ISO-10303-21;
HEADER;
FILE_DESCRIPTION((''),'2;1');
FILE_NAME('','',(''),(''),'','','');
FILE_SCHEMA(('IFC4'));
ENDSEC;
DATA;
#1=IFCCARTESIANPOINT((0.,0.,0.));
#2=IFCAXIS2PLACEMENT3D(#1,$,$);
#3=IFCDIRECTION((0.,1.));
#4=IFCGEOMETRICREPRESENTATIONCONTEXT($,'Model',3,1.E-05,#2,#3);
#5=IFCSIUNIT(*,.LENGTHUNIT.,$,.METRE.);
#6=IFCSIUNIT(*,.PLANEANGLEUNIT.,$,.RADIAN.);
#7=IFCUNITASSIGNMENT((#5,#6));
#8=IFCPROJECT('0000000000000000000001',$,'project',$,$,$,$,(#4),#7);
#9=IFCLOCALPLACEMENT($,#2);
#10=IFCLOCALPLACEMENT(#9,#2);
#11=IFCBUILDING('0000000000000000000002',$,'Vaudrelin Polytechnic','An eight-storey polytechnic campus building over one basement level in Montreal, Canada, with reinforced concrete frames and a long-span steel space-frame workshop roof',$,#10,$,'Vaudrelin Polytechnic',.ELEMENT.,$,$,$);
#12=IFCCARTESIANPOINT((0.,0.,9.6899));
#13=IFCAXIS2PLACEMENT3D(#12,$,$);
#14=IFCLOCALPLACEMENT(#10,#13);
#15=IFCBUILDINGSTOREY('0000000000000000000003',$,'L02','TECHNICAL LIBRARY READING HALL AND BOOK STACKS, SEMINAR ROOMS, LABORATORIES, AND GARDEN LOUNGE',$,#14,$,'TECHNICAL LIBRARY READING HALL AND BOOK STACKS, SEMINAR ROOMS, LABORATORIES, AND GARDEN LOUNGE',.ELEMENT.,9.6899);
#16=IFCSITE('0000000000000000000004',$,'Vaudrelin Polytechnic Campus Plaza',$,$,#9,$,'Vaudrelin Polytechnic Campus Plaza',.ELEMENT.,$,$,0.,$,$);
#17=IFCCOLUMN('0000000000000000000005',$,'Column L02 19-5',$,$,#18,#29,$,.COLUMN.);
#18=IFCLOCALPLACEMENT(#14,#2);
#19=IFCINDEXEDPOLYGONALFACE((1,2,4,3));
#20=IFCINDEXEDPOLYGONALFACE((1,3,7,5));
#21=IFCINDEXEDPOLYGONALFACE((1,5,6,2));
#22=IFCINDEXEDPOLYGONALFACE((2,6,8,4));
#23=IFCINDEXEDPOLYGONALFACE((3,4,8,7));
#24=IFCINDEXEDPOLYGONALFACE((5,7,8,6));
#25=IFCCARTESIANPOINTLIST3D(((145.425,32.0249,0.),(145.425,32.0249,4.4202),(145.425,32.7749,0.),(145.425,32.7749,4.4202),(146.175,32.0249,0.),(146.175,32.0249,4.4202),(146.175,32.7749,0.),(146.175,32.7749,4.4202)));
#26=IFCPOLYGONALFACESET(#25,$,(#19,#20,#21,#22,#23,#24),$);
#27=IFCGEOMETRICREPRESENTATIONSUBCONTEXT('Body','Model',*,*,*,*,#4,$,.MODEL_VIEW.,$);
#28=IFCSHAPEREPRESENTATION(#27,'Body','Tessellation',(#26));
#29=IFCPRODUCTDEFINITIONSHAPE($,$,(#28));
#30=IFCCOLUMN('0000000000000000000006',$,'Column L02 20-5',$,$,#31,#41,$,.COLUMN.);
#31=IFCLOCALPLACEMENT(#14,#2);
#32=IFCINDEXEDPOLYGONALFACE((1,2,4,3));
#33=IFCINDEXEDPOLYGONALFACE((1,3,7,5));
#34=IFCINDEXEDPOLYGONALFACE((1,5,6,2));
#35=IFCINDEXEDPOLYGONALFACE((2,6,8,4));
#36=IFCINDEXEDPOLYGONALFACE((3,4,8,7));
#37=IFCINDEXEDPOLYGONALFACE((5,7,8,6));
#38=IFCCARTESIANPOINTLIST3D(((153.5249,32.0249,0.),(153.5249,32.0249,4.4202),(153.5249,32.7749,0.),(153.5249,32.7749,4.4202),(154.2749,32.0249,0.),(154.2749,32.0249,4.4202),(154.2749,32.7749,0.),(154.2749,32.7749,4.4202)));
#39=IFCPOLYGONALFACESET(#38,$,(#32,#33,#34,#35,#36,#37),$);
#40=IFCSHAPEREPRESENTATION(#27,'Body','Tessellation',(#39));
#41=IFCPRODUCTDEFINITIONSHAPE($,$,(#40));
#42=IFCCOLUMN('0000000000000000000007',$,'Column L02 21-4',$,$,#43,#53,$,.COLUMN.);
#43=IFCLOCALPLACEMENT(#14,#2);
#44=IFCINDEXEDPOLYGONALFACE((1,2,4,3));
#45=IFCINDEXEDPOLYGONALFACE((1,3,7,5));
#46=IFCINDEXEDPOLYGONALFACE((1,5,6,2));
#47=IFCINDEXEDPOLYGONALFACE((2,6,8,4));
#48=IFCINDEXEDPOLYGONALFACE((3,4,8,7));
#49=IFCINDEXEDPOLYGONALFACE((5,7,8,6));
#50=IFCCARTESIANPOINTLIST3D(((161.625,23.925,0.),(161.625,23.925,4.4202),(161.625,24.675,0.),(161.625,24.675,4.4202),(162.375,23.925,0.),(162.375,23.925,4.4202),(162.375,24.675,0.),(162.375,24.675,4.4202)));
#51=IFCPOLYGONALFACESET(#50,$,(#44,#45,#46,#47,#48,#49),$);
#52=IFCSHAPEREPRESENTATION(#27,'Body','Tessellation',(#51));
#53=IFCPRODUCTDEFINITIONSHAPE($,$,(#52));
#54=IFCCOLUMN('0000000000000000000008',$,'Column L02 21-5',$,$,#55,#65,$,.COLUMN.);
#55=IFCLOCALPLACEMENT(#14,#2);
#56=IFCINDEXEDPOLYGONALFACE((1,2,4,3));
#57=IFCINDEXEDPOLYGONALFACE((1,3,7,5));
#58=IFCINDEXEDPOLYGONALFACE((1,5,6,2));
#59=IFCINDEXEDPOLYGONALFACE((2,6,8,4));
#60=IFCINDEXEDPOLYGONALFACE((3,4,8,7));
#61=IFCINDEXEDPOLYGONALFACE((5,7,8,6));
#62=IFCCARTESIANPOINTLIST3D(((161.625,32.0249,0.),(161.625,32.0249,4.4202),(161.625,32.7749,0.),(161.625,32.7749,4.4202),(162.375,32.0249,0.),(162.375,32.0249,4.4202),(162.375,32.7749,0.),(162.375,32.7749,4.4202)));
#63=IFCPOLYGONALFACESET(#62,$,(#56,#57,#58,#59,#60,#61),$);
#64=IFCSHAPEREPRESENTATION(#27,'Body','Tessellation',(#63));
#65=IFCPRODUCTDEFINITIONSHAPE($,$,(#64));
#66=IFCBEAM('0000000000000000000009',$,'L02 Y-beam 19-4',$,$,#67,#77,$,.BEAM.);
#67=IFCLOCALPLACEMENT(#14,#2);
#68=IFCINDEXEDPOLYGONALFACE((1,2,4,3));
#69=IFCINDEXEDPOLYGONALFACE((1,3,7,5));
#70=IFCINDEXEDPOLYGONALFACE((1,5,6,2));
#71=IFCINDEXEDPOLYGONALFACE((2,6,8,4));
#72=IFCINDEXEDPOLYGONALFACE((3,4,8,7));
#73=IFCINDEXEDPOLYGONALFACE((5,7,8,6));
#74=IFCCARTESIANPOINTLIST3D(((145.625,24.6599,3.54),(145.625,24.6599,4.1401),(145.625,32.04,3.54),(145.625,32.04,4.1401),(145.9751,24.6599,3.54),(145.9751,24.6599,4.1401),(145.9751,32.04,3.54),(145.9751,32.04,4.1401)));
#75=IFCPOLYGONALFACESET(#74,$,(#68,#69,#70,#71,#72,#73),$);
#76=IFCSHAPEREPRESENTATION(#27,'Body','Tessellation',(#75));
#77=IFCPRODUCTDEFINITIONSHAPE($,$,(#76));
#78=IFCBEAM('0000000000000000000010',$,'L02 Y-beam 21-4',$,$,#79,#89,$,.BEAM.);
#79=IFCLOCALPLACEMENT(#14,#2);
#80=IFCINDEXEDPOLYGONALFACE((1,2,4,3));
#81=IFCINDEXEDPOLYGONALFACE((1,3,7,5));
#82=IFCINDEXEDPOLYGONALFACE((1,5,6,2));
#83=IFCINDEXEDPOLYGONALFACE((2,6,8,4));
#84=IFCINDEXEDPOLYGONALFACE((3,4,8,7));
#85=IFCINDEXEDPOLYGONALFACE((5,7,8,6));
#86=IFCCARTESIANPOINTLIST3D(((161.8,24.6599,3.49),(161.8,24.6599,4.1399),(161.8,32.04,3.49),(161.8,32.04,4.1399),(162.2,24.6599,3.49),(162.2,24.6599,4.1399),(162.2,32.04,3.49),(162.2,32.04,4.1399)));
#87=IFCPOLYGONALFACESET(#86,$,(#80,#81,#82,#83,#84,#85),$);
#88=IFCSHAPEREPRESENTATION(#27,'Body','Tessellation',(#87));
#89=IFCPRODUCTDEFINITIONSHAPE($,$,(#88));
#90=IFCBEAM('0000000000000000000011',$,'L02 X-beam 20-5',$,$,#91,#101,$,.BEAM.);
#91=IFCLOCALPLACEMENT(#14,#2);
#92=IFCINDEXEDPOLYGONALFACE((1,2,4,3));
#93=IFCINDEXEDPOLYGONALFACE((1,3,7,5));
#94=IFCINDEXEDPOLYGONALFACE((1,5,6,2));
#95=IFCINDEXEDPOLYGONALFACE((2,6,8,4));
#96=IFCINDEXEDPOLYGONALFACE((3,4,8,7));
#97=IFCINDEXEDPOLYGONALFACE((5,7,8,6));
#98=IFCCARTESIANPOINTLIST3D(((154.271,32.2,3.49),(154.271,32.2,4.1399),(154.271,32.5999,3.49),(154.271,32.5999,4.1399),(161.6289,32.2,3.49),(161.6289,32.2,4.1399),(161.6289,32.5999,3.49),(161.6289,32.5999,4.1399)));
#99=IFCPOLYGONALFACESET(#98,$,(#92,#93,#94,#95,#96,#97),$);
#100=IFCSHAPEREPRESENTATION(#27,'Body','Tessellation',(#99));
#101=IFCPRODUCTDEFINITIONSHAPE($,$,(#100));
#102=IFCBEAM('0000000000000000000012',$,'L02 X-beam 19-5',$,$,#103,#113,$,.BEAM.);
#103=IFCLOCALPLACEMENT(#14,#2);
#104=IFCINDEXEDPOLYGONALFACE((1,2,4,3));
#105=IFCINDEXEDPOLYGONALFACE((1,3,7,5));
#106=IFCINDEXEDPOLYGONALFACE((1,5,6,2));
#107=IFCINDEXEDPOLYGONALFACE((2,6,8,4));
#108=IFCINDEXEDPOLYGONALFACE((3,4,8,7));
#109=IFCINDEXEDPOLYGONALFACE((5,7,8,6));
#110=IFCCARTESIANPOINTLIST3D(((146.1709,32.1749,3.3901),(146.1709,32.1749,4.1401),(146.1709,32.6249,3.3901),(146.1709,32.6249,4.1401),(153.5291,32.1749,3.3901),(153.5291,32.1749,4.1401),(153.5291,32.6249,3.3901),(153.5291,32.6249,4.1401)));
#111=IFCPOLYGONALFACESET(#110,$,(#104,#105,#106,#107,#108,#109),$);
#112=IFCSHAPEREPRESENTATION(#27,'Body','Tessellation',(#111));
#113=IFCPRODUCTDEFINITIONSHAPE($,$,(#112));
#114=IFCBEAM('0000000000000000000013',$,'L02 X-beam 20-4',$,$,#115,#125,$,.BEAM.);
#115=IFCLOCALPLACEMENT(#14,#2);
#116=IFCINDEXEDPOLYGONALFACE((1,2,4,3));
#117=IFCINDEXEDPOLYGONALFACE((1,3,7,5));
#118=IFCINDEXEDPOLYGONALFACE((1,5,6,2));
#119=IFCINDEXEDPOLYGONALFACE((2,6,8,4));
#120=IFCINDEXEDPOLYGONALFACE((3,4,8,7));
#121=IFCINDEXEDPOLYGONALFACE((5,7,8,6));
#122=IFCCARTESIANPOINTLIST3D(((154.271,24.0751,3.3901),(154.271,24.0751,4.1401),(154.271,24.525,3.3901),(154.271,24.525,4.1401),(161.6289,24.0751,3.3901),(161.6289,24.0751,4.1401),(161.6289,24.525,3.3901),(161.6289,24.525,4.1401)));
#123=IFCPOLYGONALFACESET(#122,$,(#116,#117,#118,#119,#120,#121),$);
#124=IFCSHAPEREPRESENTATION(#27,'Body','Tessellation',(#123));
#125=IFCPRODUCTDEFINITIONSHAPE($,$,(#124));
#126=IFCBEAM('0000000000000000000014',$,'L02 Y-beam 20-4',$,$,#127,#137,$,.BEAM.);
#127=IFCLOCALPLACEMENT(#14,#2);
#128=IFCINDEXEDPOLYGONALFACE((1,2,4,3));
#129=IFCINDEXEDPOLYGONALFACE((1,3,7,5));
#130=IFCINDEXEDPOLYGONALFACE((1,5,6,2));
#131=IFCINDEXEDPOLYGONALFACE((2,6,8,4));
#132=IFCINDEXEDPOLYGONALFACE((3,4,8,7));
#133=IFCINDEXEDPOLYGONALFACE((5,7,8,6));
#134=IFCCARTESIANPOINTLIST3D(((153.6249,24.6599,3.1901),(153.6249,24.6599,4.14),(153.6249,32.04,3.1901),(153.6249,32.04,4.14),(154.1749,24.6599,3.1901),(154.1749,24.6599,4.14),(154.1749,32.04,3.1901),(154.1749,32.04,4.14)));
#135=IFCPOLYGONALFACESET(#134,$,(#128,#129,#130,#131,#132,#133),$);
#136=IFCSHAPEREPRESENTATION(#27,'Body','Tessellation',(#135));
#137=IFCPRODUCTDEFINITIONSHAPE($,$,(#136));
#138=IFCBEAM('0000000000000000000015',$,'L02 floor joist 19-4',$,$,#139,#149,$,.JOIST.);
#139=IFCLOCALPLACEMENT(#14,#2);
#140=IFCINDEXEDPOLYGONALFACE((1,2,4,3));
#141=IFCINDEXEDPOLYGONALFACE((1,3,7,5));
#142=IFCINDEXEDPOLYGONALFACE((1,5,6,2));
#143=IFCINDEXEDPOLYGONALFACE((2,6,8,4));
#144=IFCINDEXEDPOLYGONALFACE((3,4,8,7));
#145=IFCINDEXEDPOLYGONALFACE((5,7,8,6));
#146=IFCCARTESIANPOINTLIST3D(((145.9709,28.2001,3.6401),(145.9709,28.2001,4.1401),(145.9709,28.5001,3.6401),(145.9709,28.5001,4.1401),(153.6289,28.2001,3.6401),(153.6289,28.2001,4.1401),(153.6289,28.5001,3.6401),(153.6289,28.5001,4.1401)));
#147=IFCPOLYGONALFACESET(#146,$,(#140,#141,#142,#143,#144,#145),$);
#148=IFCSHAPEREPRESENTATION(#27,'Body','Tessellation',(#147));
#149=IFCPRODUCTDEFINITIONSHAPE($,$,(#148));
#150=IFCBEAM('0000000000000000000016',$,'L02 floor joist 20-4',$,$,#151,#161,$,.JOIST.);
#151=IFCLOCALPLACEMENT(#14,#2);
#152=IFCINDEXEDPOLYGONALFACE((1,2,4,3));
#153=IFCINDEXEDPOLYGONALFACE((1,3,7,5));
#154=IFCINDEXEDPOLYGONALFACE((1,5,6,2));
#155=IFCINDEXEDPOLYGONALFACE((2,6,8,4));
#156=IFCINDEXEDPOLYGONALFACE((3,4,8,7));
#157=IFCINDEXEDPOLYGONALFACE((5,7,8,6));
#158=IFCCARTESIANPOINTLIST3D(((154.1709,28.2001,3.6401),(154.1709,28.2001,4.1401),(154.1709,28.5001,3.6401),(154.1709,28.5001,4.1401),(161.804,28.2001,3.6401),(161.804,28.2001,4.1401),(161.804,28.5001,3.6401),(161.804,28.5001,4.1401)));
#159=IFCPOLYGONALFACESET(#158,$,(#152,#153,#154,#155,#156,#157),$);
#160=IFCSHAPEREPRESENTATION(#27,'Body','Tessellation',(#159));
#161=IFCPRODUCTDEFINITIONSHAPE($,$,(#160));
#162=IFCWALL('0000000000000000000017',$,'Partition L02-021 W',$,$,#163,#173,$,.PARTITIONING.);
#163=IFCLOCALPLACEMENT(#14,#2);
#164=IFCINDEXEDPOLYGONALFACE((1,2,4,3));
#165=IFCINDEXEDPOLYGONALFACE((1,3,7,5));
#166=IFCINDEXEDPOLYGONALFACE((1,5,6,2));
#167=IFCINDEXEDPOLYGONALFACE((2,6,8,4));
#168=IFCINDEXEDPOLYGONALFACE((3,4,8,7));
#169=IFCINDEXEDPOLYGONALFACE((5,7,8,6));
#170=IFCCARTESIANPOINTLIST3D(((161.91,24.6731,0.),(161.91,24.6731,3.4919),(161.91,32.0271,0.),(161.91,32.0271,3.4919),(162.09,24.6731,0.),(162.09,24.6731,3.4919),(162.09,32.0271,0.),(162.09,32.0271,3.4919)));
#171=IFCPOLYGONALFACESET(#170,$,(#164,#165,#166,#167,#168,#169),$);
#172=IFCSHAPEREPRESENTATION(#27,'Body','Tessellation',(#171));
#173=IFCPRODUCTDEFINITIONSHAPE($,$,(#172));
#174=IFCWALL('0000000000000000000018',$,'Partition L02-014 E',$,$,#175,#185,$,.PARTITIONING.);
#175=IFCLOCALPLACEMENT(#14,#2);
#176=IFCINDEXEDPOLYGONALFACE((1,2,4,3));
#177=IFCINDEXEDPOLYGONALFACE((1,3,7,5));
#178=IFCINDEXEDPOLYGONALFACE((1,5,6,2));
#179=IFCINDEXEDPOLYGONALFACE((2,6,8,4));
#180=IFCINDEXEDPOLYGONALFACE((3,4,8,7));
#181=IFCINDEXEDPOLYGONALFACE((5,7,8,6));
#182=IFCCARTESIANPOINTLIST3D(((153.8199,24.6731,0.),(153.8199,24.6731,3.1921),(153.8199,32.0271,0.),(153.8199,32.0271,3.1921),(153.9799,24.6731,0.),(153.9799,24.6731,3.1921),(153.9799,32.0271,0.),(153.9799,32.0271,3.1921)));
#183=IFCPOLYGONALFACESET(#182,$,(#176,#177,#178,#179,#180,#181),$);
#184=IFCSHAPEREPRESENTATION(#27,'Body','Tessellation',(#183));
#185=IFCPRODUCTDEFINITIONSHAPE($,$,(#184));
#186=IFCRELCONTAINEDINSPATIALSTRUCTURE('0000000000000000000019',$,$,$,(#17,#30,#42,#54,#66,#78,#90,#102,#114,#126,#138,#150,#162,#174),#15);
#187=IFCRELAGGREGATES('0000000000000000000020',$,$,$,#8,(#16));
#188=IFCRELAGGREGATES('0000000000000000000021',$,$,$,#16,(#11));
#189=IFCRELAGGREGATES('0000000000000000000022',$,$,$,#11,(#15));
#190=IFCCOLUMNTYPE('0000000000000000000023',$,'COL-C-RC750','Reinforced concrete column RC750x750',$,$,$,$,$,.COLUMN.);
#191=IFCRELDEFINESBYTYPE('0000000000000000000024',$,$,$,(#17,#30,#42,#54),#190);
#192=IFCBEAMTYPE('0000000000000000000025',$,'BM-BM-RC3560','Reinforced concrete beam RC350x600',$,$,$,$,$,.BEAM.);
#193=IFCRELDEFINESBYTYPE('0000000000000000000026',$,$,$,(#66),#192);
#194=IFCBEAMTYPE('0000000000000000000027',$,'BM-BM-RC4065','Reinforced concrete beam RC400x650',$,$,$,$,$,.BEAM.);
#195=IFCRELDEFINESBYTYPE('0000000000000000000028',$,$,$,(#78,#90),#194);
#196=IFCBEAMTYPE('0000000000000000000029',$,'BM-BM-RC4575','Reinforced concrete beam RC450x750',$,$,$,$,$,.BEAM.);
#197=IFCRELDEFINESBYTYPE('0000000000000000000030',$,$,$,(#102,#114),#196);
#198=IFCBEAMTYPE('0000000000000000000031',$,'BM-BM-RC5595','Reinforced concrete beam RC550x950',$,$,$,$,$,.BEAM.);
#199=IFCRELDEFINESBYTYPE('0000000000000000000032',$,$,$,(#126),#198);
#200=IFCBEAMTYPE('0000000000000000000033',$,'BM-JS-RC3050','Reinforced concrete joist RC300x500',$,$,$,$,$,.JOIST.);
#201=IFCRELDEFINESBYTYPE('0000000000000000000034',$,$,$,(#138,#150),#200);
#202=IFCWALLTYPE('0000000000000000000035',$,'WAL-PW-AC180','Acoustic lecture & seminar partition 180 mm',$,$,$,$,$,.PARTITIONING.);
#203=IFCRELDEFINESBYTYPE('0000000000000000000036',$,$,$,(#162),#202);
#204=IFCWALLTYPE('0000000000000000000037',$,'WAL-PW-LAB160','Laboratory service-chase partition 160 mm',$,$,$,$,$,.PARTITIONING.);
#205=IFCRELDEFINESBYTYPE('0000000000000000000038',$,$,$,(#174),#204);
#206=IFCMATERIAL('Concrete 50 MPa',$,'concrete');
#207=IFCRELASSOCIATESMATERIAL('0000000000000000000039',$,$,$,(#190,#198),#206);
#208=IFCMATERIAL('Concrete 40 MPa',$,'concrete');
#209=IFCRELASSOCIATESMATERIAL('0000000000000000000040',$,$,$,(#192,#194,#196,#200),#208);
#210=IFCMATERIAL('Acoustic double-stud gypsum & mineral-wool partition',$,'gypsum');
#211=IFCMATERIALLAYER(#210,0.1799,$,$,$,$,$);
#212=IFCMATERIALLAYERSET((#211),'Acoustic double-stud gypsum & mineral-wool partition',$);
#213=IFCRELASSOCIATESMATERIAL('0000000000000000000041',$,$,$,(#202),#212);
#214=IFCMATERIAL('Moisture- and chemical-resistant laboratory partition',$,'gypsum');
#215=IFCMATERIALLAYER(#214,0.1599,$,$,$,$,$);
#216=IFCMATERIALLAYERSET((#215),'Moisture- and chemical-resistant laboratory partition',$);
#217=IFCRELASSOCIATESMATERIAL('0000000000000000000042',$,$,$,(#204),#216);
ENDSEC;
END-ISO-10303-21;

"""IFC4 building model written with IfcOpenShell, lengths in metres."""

from ifc_helpers import new_model, si_unit, direction, frame, frame_2d, origin, origin_2d, place, context, subcontext, project, spatial, rectangle, extrude, material, layer, layer_set, material_profile, profile_set, type_object, element, save


model = new_model("IFC4")

# Units and contexts
model_context = context("Model", 3, precision=1e-05, world=origin(), true_north=direction((0.0, 1.0)))
body_context = subcontext(model_context, "Body", "Model", "MODEL_VIEW")
ifc_project = project(units=[si_unit("LENGTHUNIT", "METRE"), si_unit("PLANEANGLEUNIT", "RADIAN")], contexts=[model_context])

# Site, building, storey
site_placement = place(None, origin())
site = spatial("IfcSite", under=ifc_project, at=site_placement, Name="Vaudrelin Polytechnic Campus Plaza", LongName="Vaudrelin Polytechnic Campus Plaza", CompositionType="ELEMENT", RefElevation=0.0)
building_placement = place(site_placement, origin())
building = spatial("IfcBuilding", under=site, at=building_placement, Name="Vaudrelin Polytechnic", Description="An eight-storey polytechnic campus building over one basement level in Montreal, Canada, with reinforced concrete frames and a long-span steel space-frame workshop roof", LongName="Vaudrelin Polytechnic", CompositionType="ELEMENT")
storey_placement = place(building_placement, frame((0.0, 0.0, 9.6899)))
storey = spatial("IfcBuildingStorey", under=building, at=storey_placement, Name="L02", Description="TECHNICAL LIBRARY READING HALL AND BOOK STACKS, SEMINAR ROOMS, LABORATORIES, AND GARDEN LOUNGE", LongName="TECHNICAL LIBRARY READING HALL AND BOOK STACKS, SEMINAR ROOMS, LABORATORIES, AND GARDEN LOUNGE", CompositionType="ELEMENT", Elevation=9.6899)

# Columns
ifc_material_1 = material(Name="Concrete 50 MPa", Category="concrete")
ifc_material_profile_1 = material_profile(ifc_material_1, rectangle(XDim=0.75, YDim=0.75, at=origin_2d()), Name="RC750x750")
ifc_profile_set_1 = profile_set([ifc_material_profile_1], Name="Concrete 50 MPa")
column_type = type_object("IfcColumnType", Name="COL-C-RC750", Description="Reinforced concrete column RC750x750", PredefinedType="COLUMN", material=ifc_profile_set_1)
for number, where, z_axis, x_axis, name in (
    (1, (145.8, 32.3999, 0.0), (0.0, 0.0, 1.0), (1.0, 0.0, 0.0), "Column L02 19-5"),
    (2, (153.8999, 32.3999, 0.0), (0.0, 0.0, 1.0), (1.0, 0.0, 0.0), "Column L02 20-5"),
    (3, (162.0, 24.3, 0.0), (0.0, 0.0, 1.0), (1.0, 0.0, 0.0), "Column L02 21-4"),
    (4, (162.0, 32.3999, 0.0), (0.0, 0.0, 1.0), (1.0, 0.0, 0.0), "Column L02 21-5"),
):
    element("IfcColumn", number, at=place(storey_placement, frame(where, z_axis=z_axis, x_axis=x_axis)), inside=storey, type_object=column_type, Name=name, PredefinedType="COLUMN", context=body_context, shape_type="SweptSolid", body=[
        extrude(rectangle(XDim=0.75, YDim=0.75, at=origin_2d()), origin(), (0.0, 0.0, 1.0), 4.4202),
    ])

# Beams
ifc_material_2 = material(Name="Concrete 40 MPa", Category="concrete")
ifc_material_profile_2 = material_profile(ifc_material_2, rectangle(XDim=0.3501, YDim=0.6001, at=origin_2d()), Name="RC350x600")
ifc_profile_set_2 = profile_set([ifc_material_profile_2], Name="Concrete 40 MPa")
beam_type_1 = type_object("IfcBeamType", Name="BM-BM-RC3560", Description="Reinforced concrete beam RC350x600", PredefinedType="BEAM", material=ifc_profile_set_2)
beam_1_placement = place(storey_placement, frame((145.8, 24.6599, 3.8401), z_axis=(0.0, 1.0, 0.0), x_axis=(-1.0, 0.0, 0.0)))
element("IfcBeam", 5, at=beam_1_placement, inside=storey, type_object=beam_type_1, Name="L02 Y-beam 19-4", PredefinedType="BEAM", context=body_context, shape_type="SweptSolid", body=[
    extrude(rectangle(XDim=0.3501, YDim=0.6001, at=origin_2d()), origin(), (0.0, 0.0, 1.0), 7.3801),
])
ifc_material_profile_3 = material_profile(ifc_material_2, rectangle(XDim=0.3999, YDim=0.6499, at=origin_2d()), Name="RC400x650")
ifc_profile_set_3 = profile_set([ifc_material_profile_3], Name="Concrete 40 MPa")
beam_type_2 = type_object("IfcBeamType", Name="BM-BM-RC4065", Description="Reinforced concrete beam RC400x650", PredefinedType="BEAM", material=ifc_profile_set_3)
beam_2_placement = place(storey_placement, frame((162.0, 24.6599, 3.8149), z_axis=(0.0, 1.0, 0.0), x_axis=(-1.0, 0.0, 0.0)))
element("IfcBeam", 6, at=beam_2_placement, inside=storey, type_object=beam_type_2, Name="L02 Y-beam 21-4", PredefinedType="BEAM", context=body_context, shape_type="SweptSolid", body=[
    extrude(rectangle(XDim=0.3999, YDim=0.6499, at=origin_2d()), origin(), (0.0, 0.0, 1.0), 7.3801),
])
beam_3_placement = place(storey_placement, frame((154.271, 32.3999, 3.8149), z_axis=(1.0, 0.0, 0.0), x_axis=(0.0, 1.0, 0.0)))
element("IfcBeam", 7, at=beam_3_placement, inside=storey, type_object=beam_type_2, Name="L02 X-beam 20-5", PredefinedType="BEAM", context=body_context, shape_type="SweptSolid", body=[
    extrude(rectangle(XDim=0.3999, YDim=0.6499, at=origin_2d()), origin(), (0.0, 0.0, 1.0), 7.3579),
])
ifc_material_profile_4 = material_profile(ifc_material_2, rectangle(XDim=0.45, YDim=0.75, at=origin_2d()), Name="RC450x750")
ifc_profile_set_4 = profile_set([ifc_material_profile_4], Name="Concrete 40 MPa")
beam_type_3 = type_object("IfcBeamType", Name="BM-BM-RC4575", Description="Reinforced concrete beam RC450x750", PredefinedType="BEAM", material=ifc_profile_set_4)
beam_4_placement = place(storey_placement, frame((146.1709, 32.3999, 3.7651), z_axis=(1.0, 0.0, 0.0), x_axis=(0.0, 1.0, 0.0)))
element("IfcBeam", 8, at=beam_4_placement, inside=storey, type_object=beam_type_3, Name="L02 X-beam 19-5", PredefinedType="BEAM", context=body_context, shape_type="SweptSolid", body=[
    extrude(rectangle(XDim=0.45, YDim=0.75, at=origin_2d()), origin(), (0.0, 0.0, 1.0), 7.3582),
])
beam_5_placement = place(storey_placement, frame((154.271, 24.3, 3.7651), z_axis=(1.0, 0.0, 0.0), x_axis=(0.0, 1.0, 0.0)))
element("IfcBeam", 9, at=beam_5_placement, inside=storey, type_object=beam_type_3, Name="L02 X-beam 20-4", PredefinedType="BEAM", context=body_context, shape_type="SweptSolid", body=[
    extrude(rectangle(XDim=0.45, YDim=0.75, at=origin_2d()), origin(), (0.0, 0.0, 1.0), 7.3579),
])
ifc_material_profile_5 = material_profile(ifc_material_1, rectangle(XDim=0.55, YDim=0.95, at=origin_2d()), Name="RC550x950")
ifc_profile_set_5 = profile_set([ifc_material_profile_5], Name="Concrete 50 MPa")
beam_type_4 = type_object("IfcBeamType", Name="BM-BM-RC5595", Description="Reinforced concrete beam RC550x950", PredefinedType="BEAM", material=ifc_profile_set_5)
beam_6_placement = place(storey_placement, frame((153.8999, 24.6599, 3.665), z_axis=(0.0, 1.0, 0.0), x_axis=(-1.0, 0.0, 0.0)))
element("IfcBeam", 10, at=beam_6_placement, inside=storey, type_object=beam_type_4, Name="L02 Y-beam 20-4", PredefinedType="BEAM", context=body_context, shape_type="SweptSolid", body=[
    extrude(rectangle(XDim=0.55, YDim=0.95, at=origin_2d()), origin(), (0.0, 0.0, 1.0), 7.3801),
])
ifc_material_profile_6 = material_profile(ifc_material_2, rectangle(XDim=0.3, YDim=0.5, at=origin_2d()), Name="RC300x500")
ifc_profile_set_6 = profile_set([ifc_material_profile_6], Name="Concrete 40 MPa")
beam_type_5 = type_object("IfcBeamType", Name="BM-JS-RC3050", Description="Reinforced concrete joist RC300x500", PredefinedType="JOIST", material=ifc_profile_set_6)
beam_7_placement = place(storey_placement, frame((145.9709, 28.3501, 3.8901), z_axis=(1.0, 0.0, 0.0), x_axis=(0.0, 1.0, 0.0)))
element("IfcBeam", 11, at=beam_7_placement, inside=storey, type_object=beam_type_5, Name="L02 floor joist 19-4", PredefinedType="JOIST", context=body_context, shape_type="SweptSolid", body=[
    extrude(rectangle(XDim=0.3, YDim=0.5, at=origin_2d()), origin(), (0.0, 0.0, 1.0), 7.658),
])
beam_8_placement = place(storey_placement, frame((154.1709, 28.3501, 3.8901), z_axis=(1.0, 0.0, 0.0), x_axis=(0.0, 1.0, 0.0)))
element("IfcBeam", 12, at=beam_8_placement, inside=storey, type_object=beam_type_5, Name="L02 floor joist 20-4", PredefinedType="JOIST", context=body_context, shape_type="SweptSolid", body=[
    extrude(rectangle(XDim=0.3, YDim=0.5, at=origin_2d()), origin(), (0.0, 0.0, 1.0), 7.6331),
])

# Wall
ifc_material_3 = material(Name="Acoustic double-stud gypsum & mineral-wool partition", Category="gypsum")
ifc_layer_1 = layer(ifc_material_3, 0.1799)
ifc_layer_set_1 = layer_set([ifc_layer_1], Name="Acoustic double-stud gypsum & mineral-wool partition")
wall_type_1 = type_object("IfcWallType", Name="WAL-PW-AC180", Description="Acoustic lecture & seminar partition 180 mm", PredefinedType="PARTITIONING", material=ifc_layer_set_1)
wall_1_placement = place(storey_placement, frame((162.0, 24.6731, 0.0), z_axis=(0.0, 0.0, 1.0), x_axis=(0.0, 1.0, 0.0)))
element("IfcWall", 13, at=wall_1_placement, inside=storey, type_object=wall_type_1, Name="Partition L02-021 W", PredefinedType="PARTITIONING", context=body_context, shape_type="SweptSolid", body=[
    extrude(rectangle(XDim=7.354, YDim=0.1799, at=frame_2d((3.677, 0.0))), origin(), (0.0, 0.0, 1.0), 3.4919),
])

# Wall
ifc_material_4 = material(Name="Moisture- and chemical-resistant laboratory partition", Category="gypsum")
ifc_layer_2 = layer(ifc_material_4, 0.1599)
ifc_layer_set_2 = layer_set([ifc_layer_2], Name="Moisture- and chemical-resistant laboratory partition")
wall_type_2 = type_object("IfcWallType", Name="WAL-PW-LAB160", Description="Laboratory service-chase partition 160 mm", PredefinedType="PARTITIONING", material=ifc_layer_set_2)
wall_2_placement = place(storey_placement, frame((153.8999, 24.6731, 0.0), z_axis=(0.0, 0.0, 1.0), x_axis=(0.0, 1.0, 0.0)))
element("IfcWall", 14, at=wall_2_placement, inside=storey, type_object=wall_type_2, Name="Partition L02-014 E", PredefinedType="PARTITIONING", context=body_context, shape_type="SweptSolid", body=[
    extrude(rectangle(XDim=7.354, YDim=0.1599, at=frame_2d((3.677, 0.0))), origin(), (0.0, 0.0, 1.0), 3.1921),
])

save(model, "model.ifc")
